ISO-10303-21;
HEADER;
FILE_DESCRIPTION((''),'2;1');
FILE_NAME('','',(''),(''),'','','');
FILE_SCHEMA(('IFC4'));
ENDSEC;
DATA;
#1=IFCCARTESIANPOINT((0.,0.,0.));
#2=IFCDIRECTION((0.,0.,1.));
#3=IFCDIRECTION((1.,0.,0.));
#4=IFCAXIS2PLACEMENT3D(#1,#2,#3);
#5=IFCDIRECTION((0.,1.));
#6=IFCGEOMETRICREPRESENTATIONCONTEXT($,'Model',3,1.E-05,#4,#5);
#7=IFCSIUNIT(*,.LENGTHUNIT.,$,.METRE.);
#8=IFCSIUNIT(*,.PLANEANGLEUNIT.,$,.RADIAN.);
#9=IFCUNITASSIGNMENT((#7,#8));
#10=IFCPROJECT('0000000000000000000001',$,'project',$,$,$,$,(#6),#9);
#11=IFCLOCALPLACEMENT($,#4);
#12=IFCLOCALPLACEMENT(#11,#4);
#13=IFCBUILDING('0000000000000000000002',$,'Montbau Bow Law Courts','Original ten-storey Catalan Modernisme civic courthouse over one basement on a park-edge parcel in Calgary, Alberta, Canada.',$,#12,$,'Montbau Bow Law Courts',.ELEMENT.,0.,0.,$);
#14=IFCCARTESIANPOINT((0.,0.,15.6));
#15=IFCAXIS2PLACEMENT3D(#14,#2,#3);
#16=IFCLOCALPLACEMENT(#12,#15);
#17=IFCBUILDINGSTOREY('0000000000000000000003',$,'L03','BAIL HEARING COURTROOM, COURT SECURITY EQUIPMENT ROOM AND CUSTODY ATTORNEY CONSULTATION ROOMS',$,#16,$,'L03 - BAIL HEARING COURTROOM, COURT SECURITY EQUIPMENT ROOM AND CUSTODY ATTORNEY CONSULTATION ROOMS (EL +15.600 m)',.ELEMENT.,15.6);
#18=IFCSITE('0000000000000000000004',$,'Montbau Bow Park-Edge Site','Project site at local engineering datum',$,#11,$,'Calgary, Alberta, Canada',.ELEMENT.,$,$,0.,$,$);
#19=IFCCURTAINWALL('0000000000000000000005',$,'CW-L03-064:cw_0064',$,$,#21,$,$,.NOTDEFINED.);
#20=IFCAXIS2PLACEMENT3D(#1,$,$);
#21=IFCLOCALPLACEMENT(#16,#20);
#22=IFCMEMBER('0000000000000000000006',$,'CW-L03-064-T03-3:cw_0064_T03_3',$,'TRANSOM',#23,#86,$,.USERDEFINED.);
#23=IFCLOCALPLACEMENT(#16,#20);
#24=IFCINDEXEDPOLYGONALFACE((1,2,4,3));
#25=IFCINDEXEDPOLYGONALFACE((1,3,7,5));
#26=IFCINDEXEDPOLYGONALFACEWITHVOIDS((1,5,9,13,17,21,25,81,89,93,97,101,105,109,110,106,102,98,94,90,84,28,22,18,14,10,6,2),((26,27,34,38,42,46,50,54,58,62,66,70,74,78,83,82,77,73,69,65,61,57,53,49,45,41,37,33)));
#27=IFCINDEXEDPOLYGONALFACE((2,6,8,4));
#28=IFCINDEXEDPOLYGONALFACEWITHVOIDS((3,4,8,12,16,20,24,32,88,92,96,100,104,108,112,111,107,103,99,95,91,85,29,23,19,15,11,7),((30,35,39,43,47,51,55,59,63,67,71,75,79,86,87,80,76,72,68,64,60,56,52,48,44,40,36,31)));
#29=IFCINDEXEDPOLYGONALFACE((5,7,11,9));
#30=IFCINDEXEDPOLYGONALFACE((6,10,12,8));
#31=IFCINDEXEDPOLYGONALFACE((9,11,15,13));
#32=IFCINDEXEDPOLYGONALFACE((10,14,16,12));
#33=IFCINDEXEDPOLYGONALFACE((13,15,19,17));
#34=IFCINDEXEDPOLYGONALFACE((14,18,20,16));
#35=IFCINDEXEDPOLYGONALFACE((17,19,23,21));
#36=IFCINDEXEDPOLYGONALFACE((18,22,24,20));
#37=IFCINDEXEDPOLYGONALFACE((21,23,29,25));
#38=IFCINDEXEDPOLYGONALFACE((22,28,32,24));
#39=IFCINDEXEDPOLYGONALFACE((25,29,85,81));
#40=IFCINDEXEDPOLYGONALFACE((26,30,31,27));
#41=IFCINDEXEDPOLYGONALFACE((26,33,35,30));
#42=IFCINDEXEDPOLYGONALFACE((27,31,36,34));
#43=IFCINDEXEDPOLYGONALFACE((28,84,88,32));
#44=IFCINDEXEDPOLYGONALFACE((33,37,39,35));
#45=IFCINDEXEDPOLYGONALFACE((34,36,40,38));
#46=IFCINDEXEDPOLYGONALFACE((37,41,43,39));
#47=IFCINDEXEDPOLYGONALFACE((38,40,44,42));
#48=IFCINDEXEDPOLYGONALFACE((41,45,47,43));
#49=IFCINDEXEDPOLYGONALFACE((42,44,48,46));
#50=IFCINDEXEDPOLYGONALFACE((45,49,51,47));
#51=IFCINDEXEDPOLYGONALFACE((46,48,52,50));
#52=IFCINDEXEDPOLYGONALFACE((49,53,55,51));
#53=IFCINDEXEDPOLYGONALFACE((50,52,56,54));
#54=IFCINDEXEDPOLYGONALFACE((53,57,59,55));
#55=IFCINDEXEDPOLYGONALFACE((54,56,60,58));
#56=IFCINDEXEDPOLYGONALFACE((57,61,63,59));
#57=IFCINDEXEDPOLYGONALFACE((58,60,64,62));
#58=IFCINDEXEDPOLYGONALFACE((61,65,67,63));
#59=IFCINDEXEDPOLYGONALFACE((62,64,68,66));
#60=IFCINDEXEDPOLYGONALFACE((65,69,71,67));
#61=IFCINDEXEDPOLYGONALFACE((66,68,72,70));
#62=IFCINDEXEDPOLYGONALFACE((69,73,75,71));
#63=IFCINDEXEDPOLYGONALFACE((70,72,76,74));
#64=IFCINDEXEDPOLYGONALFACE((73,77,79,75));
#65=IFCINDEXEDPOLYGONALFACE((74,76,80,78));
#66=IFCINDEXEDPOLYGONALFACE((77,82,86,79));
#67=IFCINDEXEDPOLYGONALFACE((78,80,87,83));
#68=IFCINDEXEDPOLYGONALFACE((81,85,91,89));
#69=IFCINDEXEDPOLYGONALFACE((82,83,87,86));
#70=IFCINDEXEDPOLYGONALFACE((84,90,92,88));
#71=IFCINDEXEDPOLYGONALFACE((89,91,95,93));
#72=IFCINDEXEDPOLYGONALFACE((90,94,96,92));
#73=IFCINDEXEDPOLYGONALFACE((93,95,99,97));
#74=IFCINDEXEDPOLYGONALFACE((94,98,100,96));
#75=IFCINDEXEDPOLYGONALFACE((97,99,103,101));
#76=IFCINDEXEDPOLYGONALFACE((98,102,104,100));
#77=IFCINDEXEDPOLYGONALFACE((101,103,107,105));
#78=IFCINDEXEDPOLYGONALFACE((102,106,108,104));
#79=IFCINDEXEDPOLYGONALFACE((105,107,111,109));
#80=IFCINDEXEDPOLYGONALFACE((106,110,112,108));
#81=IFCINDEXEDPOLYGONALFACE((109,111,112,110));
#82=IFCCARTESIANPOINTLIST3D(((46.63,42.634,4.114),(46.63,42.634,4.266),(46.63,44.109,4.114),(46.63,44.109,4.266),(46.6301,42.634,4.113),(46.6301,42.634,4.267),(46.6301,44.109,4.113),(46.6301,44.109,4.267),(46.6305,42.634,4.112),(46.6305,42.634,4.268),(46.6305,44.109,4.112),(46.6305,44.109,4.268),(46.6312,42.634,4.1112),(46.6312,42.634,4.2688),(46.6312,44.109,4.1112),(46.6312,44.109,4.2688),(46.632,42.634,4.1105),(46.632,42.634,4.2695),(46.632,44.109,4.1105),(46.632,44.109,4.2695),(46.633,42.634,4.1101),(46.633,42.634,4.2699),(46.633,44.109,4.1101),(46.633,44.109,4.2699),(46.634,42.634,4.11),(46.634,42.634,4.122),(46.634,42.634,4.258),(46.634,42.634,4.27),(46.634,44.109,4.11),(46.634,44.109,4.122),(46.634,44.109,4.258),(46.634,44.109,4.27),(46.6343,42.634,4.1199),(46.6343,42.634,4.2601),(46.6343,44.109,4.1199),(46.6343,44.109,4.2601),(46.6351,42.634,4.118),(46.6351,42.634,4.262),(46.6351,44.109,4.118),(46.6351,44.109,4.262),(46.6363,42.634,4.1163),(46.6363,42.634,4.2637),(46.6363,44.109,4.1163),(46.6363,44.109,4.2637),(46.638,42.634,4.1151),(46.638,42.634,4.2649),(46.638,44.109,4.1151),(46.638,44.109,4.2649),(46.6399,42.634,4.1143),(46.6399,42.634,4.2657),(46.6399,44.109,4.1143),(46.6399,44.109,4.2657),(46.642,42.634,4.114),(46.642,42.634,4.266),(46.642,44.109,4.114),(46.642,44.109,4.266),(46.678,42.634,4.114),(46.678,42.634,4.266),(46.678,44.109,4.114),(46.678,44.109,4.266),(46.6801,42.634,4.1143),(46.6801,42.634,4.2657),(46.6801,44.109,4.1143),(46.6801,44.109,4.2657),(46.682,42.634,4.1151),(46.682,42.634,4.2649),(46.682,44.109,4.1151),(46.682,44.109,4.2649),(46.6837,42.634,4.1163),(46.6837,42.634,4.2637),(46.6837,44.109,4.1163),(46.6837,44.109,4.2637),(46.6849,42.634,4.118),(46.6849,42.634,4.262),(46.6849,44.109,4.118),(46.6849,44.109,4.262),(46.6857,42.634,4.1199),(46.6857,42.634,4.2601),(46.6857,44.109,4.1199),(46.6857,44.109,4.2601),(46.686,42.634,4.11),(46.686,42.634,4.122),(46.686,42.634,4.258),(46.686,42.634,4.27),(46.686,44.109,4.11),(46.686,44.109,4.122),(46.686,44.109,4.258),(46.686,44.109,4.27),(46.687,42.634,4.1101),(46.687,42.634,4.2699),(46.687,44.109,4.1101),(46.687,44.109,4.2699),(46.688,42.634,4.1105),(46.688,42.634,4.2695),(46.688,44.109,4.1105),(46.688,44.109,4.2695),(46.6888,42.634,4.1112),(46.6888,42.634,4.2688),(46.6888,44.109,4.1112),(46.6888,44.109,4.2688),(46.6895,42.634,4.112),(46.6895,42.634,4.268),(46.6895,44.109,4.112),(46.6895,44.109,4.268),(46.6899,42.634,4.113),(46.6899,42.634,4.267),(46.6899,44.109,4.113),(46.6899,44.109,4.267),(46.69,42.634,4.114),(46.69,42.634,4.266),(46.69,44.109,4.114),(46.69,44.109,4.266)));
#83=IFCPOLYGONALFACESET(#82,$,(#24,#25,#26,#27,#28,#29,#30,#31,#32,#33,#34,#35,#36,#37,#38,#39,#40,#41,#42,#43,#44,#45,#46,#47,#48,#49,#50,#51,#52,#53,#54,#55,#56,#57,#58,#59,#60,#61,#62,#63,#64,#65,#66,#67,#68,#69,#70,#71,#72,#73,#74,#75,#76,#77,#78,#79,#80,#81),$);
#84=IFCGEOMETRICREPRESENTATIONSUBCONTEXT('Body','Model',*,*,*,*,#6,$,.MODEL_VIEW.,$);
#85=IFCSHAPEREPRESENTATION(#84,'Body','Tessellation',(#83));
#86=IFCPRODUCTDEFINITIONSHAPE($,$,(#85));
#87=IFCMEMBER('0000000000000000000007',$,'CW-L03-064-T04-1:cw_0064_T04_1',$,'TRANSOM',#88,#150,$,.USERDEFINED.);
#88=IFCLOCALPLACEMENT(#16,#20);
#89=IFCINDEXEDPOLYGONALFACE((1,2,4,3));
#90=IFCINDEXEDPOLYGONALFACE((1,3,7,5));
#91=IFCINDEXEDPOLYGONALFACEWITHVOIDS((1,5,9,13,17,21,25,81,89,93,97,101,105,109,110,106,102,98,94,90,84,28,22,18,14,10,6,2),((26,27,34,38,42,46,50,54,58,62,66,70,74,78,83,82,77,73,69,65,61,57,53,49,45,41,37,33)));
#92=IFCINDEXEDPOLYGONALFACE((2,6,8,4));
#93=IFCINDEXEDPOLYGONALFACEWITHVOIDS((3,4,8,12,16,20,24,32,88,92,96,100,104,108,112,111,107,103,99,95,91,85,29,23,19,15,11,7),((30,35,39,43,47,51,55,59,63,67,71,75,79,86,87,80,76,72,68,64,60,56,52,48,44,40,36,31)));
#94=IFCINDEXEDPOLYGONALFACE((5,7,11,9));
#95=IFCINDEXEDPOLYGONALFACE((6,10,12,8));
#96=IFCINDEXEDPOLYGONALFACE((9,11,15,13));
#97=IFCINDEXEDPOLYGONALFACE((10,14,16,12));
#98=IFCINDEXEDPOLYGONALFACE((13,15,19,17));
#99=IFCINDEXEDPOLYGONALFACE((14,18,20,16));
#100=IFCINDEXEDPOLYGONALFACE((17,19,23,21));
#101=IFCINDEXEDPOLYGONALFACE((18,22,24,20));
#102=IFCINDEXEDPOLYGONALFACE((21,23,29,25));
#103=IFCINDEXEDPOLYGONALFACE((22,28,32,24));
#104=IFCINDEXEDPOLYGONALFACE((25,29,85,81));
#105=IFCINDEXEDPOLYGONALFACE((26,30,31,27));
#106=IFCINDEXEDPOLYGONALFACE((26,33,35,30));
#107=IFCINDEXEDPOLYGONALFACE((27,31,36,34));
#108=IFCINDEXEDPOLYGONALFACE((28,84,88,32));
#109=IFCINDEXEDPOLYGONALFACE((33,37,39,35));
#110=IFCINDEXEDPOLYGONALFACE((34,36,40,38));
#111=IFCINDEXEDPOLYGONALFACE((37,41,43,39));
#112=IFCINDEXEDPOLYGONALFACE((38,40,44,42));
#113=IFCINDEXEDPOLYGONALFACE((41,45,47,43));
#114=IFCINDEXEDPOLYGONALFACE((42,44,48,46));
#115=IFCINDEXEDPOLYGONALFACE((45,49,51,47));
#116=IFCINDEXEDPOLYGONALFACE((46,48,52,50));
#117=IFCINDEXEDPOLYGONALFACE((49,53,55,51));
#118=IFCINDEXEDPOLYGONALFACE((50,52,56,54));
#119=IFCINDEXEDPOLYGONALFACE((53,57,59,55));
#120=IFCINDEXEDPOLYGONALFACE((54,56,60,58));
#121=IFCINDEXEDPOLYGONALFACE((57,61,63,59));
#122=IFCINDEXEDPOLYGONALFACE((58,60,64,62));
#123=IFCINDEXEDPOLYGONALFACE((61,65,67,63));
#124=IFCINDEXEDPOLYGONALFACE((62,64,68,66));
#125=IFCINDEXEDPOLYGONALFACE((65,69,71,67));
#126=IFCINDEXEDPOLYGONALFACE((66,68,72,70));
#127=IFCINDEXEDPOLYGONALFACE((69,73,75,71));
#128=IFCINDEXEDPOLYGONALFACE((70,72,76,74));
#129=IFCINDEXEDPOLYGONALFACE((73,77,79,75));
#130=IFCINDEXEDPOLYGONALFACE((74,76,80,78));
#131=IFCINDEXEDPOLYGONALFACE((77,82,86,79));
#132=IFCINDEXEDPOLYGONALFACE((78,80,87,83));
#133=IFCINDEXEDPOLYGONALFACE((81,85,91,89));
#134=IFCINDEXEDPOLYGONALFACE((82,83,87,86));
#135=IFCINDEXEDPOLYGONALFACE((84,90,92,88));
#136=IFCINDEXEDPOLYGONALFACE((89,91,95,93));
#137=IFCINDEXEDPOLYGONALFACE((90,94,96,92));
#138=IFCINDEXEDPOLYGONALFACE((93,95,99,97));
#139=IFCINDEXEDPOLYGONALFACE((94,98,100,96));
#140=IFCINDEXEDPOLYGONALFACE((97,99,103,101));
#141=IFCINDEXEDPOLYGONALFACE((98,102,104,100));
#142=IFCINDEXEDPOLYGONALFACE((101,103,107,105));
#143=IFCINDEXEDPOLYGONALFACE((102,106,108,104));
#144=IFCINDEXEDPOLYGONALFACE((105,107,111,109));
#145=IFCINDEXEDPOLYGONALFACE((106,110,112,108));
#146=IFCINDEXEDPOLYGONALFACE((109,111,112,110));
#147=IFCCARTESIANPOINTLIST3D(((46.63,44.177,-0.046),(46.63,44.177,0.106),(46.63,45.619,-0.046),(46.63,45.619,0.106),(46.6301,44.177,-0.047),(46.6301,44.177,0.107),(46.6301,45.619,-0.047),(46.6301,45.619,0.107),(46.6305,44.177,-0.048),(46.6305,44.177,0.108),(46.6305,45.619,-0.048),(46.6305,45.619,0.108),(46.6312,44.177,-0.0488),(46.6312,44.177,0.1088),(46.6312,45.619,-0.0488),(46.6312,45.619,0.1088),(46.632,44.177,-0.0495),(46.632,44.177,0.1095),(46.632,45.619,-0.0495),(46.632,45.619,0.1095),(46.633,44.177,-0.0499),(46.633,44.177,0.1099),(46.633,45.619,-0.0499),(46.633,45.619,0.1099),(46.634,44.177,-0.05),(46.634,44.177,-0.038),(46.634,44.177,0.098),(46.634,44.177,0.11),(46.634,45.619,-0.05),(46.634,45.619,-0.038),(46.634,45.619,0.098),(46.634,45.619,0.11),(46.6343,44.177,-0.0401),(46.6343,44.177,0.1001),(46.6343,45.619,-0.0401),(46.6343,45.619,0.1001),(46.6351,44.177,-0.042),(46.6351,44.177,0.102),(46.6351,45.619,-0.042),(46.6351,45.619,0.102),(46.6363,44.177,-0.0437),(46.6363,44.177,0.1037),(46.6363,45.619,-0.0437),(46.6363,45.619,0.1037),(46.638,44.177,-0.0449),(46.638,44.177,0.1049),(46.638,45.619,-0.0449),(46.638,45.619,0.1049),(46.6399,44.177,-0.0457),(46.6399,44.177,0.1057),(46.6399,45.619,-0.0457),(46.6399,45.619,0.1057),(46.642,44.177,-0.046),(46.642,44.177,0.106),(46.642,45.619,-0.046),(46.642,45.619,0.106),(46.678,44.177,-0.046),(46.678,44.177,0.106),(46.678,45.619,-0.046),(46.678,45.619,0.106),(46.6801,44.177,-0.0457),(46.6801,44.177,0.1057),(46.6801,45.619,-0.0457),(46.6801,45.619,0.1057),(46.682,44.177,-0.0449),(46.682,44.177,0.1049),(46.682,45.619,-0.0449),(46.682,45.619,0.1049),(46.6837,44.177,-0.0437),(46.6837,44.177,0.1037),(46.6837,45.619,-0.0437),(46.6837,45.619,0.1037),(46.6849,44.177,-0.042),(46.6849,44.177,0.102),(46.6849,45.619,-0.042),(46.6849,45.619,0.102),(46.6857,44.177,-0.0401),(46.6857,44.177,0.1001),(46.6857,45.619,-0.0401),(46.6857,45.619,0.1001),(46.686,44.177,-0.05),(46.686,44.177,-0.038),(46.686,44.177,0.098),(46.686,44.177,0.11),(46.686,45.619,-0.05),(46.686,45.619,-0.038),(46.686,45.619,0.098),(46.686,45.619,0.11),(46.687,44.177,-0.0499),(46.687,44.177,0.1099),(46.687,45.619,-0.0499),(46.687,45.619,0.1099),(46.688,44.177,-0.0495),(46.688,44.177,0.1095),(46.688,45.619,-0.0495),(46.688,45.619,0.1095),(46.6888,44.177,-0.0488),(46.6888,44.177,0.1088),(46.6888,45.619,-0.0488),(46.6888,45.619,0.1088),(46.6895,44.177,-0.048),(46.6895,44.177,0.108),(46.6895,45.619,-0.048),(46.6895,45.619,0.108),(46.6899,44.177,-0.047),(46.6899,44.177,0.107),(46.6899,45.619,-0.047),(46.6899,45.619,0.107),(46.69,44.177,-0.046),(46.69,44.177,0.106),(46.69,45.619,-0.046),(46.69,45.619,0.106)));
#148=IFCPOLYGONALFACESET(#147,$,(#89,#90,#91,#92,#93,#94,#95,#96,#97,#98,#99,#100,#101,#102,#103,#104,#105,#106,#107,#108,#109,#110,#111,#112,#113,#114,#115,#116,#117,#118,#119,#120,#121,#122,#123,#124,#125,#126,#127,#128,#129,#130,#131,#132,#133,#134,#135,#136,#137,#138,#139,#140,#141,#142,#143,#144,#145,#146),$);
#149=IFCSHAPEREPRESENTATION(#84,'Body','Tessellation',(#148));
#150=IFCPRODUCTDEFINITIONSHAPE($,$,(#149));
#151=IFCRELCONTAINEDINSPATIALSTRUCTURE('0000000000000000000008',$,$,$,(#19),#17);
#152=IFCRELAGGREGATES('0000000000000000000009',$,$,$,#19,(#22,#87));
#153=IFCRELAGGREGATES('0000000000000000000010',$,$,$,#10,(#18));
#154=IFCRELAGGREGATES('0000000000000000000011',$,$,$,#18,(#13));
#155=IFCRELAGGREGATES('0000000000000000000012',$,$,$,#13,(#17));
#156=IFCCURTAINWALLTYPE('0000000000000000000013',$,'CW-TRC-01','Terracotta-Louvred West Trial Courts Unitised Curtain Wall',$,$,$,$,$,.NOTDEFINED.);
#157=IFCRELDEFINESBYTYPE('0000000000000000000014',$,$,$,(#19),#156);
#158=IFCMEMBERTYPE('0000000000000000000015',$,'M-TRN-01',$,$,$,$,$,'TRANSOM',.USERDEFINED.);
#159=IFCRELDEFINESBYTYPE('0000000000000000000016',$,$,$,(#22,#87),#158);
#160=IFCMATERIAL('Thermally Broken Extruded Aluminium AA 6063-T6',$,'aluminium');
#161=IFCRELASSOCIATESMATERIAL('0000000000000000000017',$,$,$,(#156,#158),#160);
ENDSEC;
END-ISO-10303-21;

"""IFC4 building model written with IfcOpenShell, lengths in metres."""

from ifc_helpers import new_model, si_unit, direction, frame, origin_with_axes, origin_2d_with_axis, place, context, subcontext, project, spatial, hollow_rectangle, extrude, material, material_profile, profile_set, type_object, element, aggregate, save


model = new_model("IFC4")

# Units and contexts
model_context = context("Model", 3, precision=1e-05, world=origin_with_axes(), true_north=direction((0.0, 1.0)))
body_context = subcontext(model_context, "Body", "Model", "MODEL_VIEW")
ifc_project = project(units=[si_unit("LENGTHUNIT", "METRE"), si_unit("PLANEANGLEUNIT", "RADIAN")], contexts=[model_context])

# Site, building, storey
site_placement = place(None, origin_with_axes())
site = spatial("IfcSite", under=ifc_project, at=site_placement, Name="Montbau Bow Park-Edge Site", Description="Project site at local engineering datum", LongName="Calgary, Alberta, Canada", CompositionType="ELEMENT", RefElevation=0.0)
building_placement = place(site_placement, origin_with_axes())
building = spatial("IfcBuilding", under=site, at=building_placement, Name="Montbau Bow Law Courts", Description="Original ten-storey Catalan Modernisme civic courthouse over one basement on a park-edge parcel in Calgary, Alberta, Canada.", LongName="Montbau Bow Law Courts", CompositionType="ELEMENT", ElevationOfRefHeight=0.0, ElevationOfTerrain=0.0)
storey_placement = place(building_placement, frame((0.0, 0.0, 15.6), z_axis=(0.0, 0.0, 1.0), x_axis=(1.0, 0.0, 0.0)))
storey = spatial("IfcBuildingStorey", under=building, at=storey_placement, Name="L03", Description="BAIL HEARING COURTROOM, COURT SECURITY EQUIPMENT ROOM AND CUSTODY ATTORNEY CONSULTATION ROOMS", LongName="L03 - BAIL HEARING COURTROOM, COURT SECURITY EQUIPMENT ROOM AND CUSTODY ATTORNEY CONSULTATION ROOMS (EL +15.600 m)", CompositionType="ELEMENT", Elevation=15.6)

# Curtain wall, members
ifc_material_1 = material(Name="Thermally Broken Extruded Aluminium AA 6063-T6", Category="aluminium")
curtain_wall_type_1 = type_object("IfcCurtainWallType", Name="CW-TRC-01", Description="Terracotta-Louvred West Trial Courts Unitised Curtain Wall", PredefinedType="NOTDEFINED", material=ifc_material_1)
curtain_wall_1_placement = place(None, frame((46.66, 39.515, 15.6), z_axis=(0.0, 0.0, 1.0), x_axis=(1.0, 0.0, 0.0)))
curtain_wall_1 = element("IfcCurtainWall", 1, at=curtain_wall_1_placement, inside=storey, type_object=curtain_wall_type_1, Name="CW-L03-064:cw_0064", PredefinedType="NOTDEFINED")
ifc_material_profile_1 = material_profile(ifc_material_1, hollow_rectangle(XDim=0.06, YDim=0.16, WallThickness=0.004, InnerFilletRadius=0.008, OuterFilletRadius=0.004, at=origin_2d_with_axis()), Name="CWT-160X60", Category="Main", Priority=0)
ifc_profile_set_1 = profile_set([ifc_material_profile_1], Name="Thermally Broken Extruded Aluminium AA 6063-T6")
member_type_1 = type_object("IfcMemberType", Name="M-TRN-01", ElementType="TRANSOM", PredefinedType="USERDEFINED", material=ifc_profile_set_1)
member_1_placement = place(None, frame((46.66, 42.634, 19.79), z_axis=(0.0, 1.0, 0.0), x_axis=(-1.0, 0.0, 0.0)))
member_1 = element("IfcMember", 2, at=member_1_placement, type_object=member_type_1, Name="CW-L03-064-T03-3:cw_0064_T03_3", ObjectType="TRANSOM", PredefinedType="USERDEFINED", context=body_context, shape_type="SweptSolid", body=[
    extrude(hollow_rectangle(XDim=0.06, YDim=0.16, WallThickness=0.004, InnerFilletRadius=0.008, OuterFilletRadius=0.004, at=origin_2d_with_axis()), origin_with_axes(), (0.0, 0.0, 1.0), 1.475),
])
member_2_placement = place(None, frame((46.66, 44.177, 15.63), z_axis=(0.0, 1.0, 0.0), x_axis=(-1.0, 0.0, 0.0)))
member_2 = element("IfcMember", 3, at=member_2_placement, type_object=member_type_1, Name="CW-L03-064-T04-1:cw_0064_T04_1", ObjectType="TRANSOM", PredefinedType="USERDEFINED", context=body_context, shape_type="SweptSolid", body=[
    extrude(hollow_rectangle(XDim=0.06, YDim=0.16, WallThickness=0.004, InnerFilletRadius=0.008, OuterFilletRadius=0.004, at=origin_2d_with_axis()), origin_with_axes(), (0.0, 0.0, 1.0), 1.442),
])

aggregate(curtain_wall_1, [member_1, member_2])

save(model, "model.ifc")
